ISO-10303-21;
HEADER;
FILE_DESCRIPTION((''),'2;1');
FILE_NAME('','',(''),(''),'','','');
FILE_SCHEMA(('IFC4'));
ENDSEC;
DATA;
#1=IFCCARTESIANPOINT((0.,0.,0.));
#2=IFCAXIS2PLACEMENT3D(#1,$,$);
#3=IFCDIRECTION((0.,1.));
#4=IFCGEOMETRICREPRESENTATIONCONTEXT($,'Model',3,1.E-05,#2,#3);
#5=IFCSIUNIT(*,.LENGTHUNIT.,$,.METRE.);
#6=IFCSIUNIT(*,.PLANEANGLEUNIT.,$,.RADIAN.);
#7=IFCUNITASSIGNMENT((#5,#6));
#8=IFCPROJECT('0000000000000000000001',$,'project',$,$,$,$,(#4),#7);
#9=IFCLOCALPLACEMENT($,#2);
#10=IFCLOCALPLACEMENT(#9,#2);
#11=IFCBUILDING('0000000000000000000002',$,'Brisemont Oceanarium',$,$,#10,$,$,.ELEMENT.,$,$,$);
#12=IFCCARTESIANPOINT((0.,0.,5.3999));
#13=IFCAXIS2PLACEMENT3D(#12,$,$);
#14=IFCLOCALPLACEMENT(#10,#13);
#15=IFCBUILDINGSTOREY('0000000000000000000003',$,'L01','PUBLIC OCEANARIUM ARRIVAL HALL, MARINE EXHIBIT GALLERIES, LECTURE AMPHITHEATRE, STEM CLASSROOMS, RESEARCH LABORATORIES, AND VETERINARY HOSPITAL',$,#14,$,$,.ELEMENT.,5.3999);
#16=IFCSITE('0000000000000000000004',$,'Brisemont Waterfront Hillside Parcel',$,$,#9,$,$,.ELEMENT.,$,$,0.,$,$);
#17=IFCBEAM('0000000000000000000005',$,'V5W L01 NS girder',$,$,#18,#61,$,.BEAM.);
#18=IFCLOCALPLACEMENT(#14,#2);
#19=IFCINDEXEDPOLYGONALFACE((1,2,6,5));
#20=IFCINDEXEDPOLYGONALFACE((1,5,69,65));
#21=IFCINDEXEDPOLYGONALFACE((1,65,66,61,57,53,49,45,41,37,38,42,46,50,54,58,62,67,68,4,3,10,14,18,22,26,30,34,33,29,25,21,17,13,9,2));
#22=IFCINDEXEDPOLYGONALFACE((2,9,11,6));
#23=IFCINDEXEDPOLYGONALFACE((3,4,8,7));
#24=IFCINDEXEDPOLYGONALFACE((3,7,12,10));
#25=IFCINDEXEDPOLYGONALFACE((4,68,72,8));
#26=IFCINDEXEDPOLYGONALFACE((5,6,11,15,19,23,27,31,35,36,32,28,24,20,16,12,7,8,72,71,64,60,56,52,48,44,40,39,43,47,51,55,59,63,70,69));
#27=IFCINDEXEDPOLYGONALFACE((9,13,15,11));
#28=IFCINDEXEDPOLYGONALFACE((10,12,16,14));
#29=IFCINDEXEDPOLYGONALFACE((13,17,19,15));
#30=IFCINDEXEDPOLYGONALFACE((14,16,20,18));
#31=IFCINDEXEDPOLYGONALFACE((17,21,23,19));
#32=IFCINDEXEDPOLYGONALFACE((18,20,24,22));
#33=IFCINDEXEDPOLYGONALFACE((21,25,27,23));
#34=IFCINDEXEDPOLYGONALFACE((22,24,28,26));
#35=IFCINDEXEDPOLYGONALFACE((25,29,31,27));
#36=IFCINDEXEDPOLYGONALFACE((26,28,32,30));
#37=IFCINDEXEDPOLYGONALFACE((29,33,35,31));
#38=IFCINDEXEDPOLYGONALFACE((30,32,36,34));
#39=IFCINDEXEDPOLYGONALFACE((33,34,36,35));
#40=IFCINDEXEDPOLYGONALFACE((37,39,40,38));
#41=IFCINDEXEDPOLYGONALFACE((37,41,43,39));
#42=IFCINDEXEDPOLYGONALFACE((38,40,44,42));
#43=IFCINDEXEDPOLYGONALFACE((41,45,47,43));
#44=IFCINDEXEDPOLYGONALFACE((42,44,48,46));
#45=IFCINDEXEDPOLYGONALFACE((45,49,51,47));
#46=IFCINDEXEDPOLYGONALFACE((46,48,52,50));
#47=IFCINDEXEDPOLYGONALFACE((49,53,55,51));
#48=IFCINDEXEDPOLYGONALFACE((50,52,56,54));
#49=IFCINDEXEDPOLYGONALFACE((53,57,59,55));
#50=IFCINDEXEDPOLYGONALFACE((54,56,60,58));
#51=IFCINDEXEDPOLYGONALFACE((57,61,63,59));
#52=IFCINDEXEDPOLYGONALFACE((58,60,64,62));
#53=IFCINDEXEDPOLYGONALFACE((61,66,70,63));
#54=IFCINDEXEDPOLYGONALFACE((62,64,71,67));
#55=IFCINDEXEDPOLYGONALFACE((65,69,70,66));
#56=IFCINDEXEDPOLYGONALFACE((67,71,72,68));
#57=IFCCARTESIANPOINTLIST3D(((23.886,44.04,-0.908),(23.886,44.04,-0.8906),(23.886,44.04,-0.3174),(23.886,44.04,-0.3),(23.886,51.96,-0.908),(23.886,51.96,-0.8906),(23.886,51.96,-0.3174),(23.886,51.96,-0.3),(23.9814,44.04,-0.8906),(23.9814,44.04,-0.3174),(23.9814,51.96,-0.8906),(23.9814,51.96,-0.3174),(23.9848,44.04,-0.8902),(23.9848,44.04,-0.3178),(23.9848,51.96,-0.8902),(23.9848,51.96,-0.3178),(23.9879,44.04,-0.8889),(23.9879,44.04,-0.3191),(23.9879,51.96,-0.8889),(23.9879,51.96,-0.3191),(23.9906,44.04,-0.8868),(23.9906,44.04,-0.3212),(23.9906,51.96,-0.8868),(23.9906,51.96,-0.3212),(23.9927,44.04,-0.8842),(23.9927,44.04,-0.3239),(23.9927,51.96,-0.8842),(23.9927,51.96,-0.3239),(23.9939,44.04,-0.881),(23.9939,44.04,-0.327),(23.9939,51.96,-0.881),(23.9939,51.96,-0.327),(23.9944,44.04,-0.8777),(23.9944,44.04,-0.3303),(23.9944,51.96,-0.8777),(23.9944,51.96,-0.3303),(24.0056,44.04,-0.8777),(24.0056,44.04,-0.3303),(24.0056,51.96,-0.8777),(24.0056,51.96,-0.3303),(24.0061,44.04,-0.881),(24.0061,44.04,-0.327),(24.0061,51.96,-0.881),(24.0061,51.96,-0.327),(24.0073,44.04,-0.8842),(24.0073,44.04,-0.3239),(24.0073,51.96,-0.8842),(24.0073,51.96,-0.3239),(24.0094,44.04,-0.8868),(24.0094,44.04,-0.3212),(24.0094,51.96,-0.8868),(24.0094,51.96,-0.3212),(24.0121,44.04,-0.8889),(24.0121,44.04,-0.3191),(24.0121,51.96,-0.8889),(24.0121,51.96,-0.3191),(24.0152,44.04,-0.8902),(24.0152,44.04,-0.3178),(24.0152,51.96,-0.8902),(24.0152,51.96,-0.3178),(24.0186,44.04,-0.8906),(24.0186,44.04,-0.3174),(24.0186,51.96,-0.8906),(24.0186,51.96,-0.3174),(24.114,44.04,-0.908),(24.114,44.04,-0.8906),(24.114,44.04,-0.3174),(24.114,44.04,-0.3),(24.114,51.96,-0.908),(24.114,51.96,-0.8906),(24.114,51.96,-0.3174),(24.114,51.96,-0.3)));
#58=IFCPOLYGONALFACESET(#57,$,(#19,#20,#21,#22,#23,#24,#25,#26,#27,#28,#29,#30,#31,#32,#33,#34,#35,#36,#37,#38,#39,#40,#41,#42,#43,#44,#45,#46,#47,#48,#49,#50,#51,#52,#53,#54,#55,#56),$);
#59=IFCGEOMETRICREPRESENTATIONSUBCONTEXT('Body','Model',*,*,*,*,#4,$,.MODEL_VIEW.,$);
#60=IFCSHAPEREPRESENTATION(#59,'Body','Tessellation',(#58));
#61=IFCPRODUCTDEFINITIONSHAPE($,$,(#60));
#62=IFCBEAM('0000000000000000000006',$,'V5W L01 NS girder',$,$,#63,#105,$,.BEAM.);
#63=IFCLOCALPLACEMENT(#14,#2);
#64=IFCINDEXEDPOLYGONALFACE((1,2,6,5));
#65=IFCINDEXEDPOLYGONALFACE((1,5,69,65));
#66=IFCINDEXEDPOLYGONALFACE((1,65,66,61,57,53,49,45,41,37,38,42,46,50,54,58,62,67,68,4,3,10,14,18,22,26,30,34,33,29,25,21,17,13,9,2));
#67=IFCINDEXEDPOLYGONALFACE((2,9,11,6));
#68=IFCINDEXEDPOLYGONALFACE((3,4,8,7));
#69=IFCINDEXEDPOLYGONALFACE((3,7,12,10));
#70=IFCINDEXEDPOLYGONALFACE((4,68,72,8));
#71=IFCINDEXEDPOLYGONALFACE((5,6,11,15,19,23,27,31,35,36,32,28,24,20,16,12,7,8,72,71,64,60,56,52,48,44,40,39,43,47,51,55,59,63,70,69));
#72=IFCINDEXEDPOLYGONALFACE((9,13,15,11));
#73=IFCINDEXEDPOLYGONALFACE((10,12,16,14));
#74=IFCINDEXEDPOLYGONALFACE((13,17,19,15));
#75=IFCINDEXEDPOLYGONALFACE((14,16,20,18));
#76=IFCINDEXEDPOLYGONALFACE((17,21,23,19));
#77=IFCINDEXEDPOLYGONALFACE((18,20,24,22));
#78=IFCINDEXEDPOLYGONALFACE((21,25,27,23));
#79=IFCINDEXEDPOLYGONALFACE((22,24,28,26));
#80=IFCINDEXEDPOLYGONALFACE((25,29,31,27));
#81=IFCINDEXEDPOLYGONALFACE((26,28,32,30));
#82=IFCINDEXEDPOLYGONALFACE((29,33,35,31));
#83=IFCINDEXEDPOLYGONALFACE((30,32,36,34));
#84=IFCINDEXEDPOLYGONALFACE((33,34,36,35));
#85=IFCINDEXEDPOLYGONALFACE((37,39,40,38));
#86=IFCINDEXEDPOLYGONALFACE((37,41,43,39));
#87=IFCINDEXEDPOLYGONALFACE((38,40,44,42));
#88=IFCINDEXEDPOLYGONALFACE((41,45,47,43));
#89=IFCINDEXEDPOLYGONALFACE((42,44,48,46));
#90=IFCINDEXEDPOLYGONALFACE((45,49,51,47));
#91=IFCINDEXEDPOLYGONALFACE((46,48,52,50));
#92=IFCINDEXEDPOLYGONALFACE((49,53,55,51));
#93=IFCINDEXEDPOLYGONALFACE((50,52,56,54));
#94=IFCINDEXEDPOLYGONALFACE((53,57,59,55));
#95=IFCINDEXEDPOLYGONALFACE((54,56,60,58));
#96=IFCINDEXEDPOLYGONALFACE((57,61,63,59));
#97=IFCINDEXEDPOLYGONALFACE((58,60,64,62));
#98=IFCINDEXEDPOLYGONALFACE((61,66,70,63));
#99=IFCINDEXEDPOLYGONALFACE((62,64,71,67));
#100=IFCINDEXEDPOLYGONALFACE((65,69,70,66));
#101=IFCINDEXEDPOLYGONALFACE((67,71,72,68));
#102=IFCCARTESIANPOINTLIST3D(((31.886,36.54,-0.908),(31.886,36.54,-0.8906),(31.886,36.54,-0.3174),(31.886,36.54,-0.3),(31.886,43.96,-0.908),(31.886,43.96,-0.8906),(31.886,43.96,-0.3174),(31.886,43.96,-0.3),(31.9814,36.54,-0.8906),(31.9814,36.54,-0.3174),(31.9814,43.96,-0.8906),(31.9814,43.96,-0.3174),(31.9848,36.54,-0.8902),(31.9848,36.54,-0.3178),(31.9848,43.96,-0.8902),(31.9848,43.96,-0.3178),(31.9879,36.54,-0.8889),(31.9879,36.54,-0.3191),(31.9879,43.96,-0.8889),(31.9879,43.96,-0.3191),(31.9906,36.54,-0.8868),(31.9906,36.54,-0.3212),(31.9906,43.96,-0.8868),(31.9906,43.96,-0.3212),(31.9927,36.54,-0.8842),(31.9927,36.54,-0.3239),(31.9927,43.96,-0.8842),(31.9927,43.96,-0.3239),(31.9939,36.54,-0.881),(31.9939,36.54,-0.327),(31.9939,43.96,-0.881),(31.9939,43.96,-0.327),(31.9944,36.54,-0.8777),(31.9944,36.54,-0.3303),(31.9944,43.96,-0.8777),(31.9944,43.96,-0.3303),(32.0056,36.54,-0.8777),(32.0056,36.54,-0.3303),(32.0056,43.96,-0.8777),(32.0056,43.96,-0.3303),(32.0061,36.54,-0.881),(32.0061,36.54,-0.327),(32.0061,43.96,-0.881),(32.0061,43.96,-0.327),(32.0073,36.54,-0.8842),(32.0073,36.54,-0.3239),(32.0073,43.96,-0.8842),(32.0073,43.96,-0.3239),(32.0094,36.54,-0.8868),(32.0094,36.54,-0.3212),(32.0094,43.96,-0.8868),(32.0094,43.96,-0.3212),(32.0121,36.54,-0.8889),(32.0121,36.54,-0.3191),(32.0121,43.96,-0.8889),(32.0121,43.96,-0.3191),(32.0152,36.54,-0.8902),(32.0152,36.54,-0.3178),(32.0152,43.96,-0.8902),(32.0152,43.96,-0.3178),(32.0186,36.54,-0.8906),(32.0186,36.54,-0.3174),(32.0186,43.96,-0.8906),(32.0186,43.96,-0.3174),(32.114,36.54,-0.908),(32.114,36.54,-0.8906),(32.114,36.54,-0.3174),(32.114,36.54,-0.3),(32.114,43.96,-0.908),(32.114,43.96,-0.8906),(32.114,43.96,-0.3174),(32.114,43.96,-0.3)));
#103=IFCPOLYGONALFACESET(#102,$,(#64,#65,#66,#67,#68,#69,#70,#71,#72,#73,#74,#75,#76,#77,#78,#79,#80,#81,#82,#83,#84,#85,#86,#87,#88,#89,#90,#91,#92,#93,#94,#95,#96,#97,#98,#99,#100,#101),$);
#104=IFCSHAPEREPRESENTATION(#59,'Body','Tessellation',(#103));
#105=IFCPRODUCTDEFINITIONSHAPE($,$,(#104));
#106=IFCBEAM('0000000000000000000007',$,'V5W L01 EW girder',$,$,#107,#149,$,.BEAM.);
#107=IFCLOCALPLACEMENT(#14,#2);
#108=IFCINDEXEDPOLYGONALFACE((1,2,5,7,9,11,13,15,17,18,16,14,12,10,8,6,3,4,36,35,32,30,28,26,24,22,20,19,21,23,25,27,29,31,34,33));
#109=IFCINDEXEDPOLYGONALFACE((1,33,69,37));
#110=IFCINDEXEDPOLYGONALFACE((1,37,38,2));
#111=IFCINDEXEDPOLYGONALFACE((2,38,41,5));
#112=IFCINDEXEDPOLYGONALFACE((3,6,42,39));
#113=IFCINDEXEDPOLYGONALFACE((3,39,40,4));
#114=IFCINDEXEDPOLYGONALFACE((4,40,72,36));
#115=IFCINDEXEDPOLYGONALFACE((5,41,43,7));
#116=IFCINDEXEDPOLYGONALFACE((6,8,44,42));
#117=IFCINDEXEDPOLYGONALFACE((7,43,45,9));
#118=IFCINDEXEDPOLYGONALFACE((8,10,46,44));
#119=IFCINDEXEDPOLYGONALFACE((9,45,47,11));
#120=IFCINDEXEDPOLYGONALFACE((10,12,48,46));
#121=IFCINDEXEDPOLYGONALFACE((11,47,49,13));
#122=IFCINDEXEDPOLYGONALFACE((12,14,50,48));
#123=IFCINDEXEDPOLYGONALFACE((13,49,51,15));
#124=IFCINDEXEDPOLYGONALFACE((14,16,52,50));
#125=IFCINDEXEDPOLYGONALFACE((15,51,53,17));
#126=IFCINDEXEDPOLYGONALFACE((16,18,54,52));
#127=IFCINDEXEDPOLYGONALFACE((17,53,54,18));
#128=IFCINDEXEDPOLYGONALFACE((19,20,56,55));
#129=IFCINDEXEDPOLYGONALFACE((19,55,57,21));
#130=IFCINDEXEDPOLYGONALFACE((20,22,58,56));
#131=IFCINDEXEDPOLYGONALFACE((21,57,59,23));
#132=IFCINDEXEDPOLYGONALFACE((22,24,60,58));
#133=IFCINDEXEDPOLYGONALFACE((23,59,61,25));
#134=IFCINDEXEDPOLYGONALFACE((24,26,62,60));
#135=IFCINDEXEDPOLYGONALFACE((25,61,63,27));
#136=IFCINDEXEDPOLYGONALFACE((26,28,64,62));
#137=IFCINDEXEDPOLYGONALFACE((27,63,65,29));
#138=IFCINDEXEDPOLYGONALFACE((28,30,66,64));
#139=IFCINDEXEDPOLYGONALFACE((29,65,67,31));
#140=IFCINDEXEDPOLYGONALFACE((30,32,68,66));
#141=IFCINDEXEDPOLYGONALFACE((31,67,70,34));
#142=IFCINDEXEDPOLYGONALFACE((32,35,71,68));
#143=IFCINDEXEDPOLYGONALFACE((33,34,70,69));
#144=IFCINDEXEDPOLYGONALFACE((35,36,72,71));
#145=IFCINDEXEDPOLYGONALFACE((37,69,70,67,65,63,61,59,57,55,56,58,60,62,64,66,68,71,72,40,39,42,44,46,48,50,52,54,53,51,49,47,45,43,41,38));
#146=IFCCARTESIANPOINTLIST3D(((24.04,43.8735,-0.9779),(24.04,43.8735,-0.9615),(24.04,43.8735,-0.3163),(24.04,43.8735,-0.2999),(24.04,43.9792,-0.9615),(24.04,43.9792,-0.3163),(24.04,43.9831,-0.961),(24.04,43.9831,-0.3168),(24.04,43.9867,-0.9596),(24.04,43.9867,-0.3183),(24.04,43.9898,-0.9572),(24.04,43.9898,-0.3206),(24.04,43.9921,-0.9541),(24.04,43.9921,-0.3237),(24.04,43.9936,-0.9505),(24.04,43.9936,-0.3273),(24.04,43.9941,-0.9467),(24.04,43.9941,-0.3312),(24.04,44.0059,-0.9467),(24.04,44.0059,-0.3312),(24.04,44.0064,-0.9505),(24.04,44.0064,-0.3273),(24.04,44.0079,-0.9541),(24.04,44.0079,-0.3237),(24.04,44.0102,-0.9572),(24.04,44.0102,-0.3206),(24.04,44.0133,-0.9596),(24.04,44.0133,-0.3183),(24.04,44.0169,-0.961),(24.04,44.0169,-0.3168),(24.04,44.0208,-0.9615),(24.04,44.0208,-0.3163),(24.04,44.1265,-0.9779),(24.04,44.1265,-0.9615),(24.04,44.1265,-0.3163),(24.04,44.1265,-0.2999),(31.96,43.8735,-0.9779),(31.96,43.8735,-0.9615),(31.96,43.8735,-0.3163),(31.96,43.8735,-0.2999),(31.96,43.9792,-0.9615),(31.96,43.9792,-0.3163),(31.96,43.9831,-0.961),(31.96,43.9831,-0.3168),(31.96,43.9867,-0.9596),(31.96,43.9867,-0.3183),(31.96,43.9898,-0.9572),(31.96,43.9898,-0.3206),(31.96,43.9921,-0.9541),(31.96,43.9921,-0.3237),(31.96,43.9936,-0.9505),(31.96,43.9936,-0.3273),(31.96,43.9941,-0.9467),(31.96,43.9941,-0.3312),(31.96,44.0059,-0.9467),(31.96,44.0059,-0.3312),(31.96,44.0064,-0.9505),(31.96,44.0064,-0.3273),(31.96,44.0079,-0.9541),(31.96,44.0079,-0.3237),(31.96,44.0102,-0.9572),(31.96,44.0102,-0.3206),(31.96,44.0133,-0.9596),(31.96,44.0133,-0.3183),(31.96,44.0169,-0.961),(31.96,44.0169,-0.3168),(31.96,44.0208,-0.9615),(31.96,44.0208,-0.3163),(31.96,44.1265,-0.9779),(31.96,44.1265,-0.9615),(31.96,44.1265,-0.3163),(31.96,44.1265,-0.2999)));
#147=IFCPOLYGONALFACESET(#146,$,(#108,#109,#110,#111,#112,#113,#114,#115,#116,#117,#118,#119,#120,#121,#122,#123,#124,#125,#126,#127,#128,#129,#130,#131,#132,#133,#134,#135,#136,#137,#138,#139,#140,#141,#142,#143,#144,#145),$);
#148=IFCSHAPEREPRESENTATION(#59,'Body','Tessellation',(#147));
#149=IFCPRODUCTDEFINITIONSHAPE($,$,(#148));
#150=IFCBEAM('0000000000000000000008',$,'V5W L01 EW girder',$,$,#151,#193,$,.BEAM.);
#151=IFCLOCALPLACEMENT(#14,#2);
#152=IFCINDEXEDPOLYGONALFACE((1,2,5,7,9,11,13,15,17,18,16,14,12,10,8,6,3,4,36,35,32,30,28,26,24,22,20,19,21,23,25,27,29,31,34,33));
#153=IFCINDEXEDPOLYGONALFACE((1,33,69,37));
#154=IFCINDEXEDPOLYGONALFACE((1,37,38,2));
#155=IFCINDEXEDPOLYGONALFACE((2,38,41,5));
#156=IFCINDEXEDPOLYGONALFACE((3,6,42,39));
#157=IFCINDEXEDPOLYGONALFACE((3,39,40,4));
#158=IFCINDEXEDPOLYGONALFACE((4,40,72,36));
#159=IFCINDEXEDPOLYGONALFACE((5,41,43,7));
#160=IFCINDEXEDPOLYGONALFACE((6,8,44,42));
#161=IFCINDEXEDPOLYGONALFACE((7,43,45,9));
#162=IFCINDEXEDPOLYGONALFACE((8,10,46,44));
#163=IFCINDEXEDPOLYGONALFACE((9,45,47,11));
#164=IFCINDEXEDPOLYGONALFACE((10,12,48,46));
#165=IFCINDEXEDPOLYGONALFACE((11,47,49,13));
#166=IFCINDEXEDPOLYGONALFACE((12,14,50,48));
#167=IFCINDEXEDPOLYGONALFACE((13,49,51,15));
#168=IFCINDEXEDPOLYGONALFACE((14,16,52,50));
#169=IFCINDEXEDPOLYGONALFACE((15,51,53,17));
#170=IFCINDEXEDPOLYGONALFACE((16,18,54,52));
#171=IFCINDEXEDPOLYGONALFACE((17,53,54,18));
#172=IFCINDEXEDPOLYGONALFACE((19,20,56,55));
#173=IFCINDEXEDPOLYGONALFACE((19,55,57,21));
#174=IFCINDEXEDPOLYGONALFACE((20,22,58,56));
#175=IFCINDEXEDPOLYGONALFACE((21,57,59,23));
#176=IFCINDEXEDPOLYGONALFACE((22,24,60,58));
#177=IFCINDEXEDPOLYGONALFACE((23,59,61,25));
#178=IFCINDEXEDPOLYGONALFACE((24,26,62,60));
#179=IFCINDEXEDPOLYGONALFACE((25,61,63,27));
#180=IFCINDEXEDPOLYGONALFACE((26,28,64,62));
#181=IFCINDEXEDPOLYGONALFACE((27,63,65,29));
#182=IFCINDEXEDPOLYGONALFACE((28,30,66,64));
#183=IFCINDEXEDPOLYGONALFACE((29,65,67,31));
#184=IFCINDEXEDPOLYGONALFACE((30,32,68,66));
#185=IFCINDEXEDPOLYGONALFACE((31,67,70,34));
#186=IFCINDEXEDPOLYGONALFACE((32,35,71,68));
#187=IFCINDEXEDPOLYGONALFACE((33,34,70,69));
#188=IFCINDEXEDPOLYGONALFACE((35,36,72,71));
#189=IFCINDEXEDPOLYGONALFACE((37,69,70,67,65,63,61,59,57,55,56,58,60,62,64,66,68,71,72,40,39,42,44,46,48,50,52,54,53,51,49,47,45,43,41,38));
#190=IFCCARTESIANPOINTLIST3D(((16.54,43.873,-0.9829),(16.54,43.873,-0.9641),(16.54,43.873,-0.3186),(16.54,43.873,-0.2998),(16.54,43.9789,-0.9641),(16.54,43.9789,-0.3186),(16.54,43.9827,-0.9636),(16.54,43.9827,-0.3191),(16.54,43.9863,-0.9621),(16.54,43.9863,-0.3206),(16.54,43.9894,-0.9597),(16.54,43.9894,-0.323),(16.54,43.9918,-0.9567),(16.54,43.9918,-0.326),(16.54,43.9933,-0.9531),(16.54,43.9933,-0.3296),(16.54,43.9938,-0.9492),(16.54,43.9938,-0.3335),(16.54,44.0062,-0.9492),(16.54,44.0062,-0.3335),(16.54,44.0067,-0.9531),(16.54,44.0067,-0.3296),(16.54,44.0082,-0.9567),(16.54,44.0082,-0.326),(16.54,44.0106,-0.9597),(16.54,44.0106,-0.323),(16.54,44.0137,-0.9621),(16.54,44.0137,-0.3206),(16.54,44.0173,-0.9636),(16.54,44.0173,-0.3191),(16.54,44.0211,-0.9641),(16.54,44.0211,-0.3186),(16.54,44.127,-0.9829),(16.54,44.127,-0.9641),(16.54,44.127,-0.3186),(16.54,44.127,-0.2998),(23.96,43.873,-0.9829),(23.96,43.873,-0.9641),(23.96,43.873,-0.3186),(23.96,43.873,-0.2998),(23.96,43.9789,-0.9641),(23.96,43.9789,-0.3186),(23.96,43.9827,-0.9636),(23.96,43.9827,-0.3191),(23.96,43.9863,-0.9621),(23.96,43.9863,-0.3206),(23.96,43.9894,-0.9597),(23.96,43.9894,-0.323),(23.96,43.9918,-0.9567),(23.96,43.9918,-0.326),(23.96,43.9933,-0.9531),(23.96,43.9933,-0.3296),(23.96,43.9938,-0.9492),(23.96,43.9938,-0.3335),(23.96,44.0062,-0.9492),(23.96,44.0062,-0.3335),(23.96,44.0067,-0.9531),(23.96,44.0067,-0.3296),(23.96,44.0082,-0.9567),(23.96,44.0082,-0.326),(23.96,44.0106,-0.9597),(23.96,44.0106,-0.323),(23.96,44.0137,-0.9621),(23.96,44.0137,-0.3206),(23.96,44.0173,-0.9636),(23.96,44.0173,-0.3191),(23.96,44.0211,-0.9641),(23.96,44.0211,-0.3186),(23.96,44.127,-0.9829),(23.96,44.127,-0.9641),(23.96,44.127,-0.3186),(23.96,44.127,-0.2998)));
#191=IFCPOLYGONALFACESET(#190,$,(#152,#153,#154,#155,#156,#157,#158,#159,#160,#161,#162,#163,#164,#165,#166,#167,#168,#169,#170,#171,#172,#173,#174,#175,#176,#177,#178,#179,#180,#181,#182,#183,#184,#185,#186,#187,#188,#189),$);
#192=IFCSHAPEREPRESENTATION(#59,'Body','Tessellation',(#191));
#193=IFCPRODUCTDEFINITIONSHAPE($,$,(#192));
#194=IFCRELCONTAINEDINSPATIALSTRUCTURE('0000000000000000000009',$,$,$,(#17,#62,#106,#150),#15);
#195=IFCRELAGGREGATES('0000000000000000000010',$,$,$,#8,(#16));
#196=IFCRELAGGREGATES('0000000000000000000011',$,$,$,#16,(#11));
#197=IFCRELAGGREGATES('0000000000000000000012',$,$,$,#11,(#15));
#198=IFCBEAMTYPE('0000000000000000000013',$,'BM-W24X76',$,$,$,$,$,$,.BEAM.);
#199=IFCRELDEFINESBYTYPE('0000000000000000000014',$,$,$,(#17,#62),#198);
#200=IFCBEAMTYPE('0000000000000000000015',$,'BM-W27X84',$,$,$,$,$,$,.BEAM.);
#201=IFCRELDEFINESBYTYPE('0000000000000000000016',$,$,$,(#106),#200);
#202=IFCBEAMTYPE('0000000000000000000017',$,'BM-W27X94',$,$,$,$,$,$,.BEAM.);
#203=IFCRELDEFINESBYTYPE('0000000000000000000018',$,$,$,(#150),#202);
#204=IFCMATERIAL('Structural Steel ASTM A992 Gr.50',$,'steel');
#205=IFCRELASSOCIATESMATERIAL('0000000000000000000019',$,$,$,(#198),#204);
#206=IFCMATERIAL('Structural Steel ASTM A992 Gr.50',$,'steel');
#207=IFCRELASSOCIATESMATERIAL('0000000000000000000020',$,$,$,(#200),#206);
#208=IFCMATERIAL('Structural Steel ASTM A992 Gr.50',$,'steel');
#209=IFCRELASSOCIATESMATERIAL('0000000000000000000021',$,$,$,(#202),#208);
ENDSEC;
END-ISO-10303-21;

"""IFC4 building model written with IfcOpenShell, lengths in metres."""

from ifc_helpers import new_model, si_unit, direction, frame, origin, origin_2d, place, context, subcontext, project, spatial, i_section, extrude, material, material_profile, profile_set, type_object, element, save


model = new_model("IFC4")

# Units and contexts
model_context = context("Model", 3, precision=1e-05, world=origin(), true_north=direction((0.0, 1.0)))
body_context = subcontext(model_context, "Body", "Model", "MODEL_VIEW")
ifc_project = project(units=[si_unit("LENGTHUNIT", "METRE"), si_unit("PLANEANGLEUNIT", "RADIAN")], contexts=[model_context])

# Site, building, storey
site_placement = place(None, origin())
site = spatial("IfcSite", under=ifc_project, at=site_placement, Name="Brisemont Waterfront Hillside Parcel", CompositionType="ELEMENT", RefElevation=0.0)
building_placement = place(site_placement, origin())
building = spatial("IfcBuilding", under=site, at=building_placement, Name="Brisemont Oceanarium", CompositionType="ELEMENT")
storey_placement = place(building_placement, frame((0.0, 0.0, 5.3999)))
storey = spatial("IfcBuildingStorey", under=building, at=storey_placement, Name="L01", Description="PUBLIC OCEANARIUM ARRIVAL HALL, MARINE EXHIBIT GALLERIES, LECTURE AMPHITHEATRE, STEM CLASSROOMS, RESEARCH LABORATORIES, AND VETERINARY HOSPITAL", CompositionType="ELEMENT", Elevation=5.3999)

# Beams
ifc_material_1 = material(Name="Structural Steel ASTM A992 Gr.50", Category="steel")
ifc_material_profile_1 = material_profile(ifc_material_1, i_section(OverallWidth=0.228, OverallDepth=0.6079, WebThickness=0.0112, FlangeThickness=0.0173, FilletRadius=0.0129, at=origin_2d()), Name="W24X76")
ifc_profile_set_1 = profile_set([ifc_material_profile_1], Name="Structural Steel ASTM A992 Gr.50")
beam_type_1 = type_object("IfcBeamType", Name="BM-W24X76", PredefinedType="BEAM", material=ifc_profile_set_1)
beam_1_placement = place(storey_placement, frame((24.0, 44.04, -0.604), z_axis=(0.0, 1.0, 0.0), x_axis=(-1.0, 0.0, 0.0)))
element("IfcBeam", 1, at=beam_1_placement, inside=storey, type_object=beam_type_1, Name="V5W L01 NS girder", PredefinedType="BEAM", context=body_context, shape_type="SweptSolid", body=[
    extrude(i_section(OverallWidth=0.228, OverallDepth=0.6079, WebThickness=0.0112, FlangeThickness=0.0173, FilletRadius=0.0129, at=origin_2d()), origin(), (0.0, 0.0, 1.0), 7.9199),
])
beam_2_placement = place(storey_placement, frame((32.0, 36.54, -0.604), z_axis=(0.0, 1.0, 0.0), x_axis=(-1.0, 0.0, 0.0)))
element("IfcBeam", 2, at=beam_2_placement, inside=storey, type_object=beam_type_1, Name="V5W L01 NS girder", PredefinedType="BEAM", context=body_context, shape_type="SweptSolid", body=[
    extrude(i_section(OverallWidth=0.228, OverallDepth=0.6079, WebThickness=0.0112, FlangeThickness=0.0173, FilletRadius=0.0129, at=origin_2d()), origin(), (0.0, 0.0, 1.0), 7.4199),
])
ifc_material_2 = material(Name="Structural Steel ASTM A992 Gr.50", Category="steel")
ifc_material_profile_2 = material_profile(ifc_material_2, i_section(OverallWidth=0.2529, OverallDepth=0.678, WebThickness=0.0117, FlangeThickness=0.0164, FilletRadius=0.0149, at=origin_2d()), Name="W27X84")
ifc_profile_set_2 = profile_set([ifc_material_profile_2], Name="Structural Steel ASTM A992 Gr.50")
beam_type_2 = type_object("IfcBeamType", Name="BM-W27X84", PredefinedType="BEAM", material=ifc_profile_set_2)
beam_3_placement = place(storey_placement, frame((24.04, 44.0, -0.6389), z_axis=(1.0, 0.0, 0.0), x_axis=(0.0, 1.0, 0.0)))
element("IfcBeam", 3, at=beam_3_placement, inside=storey, type_object=beam_type_2, Name="V5W L01 EW girder", PredefinedType="BEAM", context=body_context, shape_type="SweptSolid", body=[
    extrude(i_section(OverallWidth=0.2529, OverallDepth=0.678, WebThickness=0.0117, FlangeThickness=0.0164, FilletRadius=0.0149, at=origin_2d()), origin(), (0.0, 0.0, 1.0), 7.9199),
])
ifc_material_3 = material(Name="Structural Steel ASTM A992 Gr.50", Category="steel")
ifc_material_profile_3 = material_profile(ifc_material_3, i_section(OverallWidth=0.2539, OverallDepth=0.6831, WebThickness=0.0125, FlangeThickness=0.0188, FilletRadius=0.0149, at=origin_2d()), Name="W27X94")
ifc_profile_set_3 = profile_set([ifc_material_profile_3], Name="Structural Steel ASTM A992 Gr.50")
beam_type_3 = type_object("IfcBeamType", Name="BM-W27X94", PredefinedType="BEAM", material=ifc_profile_set_3)
beam_4_placement = place(storey_placement, frame((16.54, 44.0, -0.6414), z_axis=(1.0, 0.0, 0.0), x_axis=(0.0, 1.0, 0.0)))
element("IfcBeam", 4, at=beam_4_placement, inside=storey, type_object=beam_type_3, Name="V5W L01 EW girder", PredefinedType="BEAM", context=body_context, shape_type="SweptSolid", body=[
    extrude(i_section(OverallWidth=0.2539, OverallDepth=0.6831, WebThickness=0.0125, FlangeThickness=0.0188, FilletRadius=0.0149, at=origin_2d()), origin(), (0.0, 0.0, 1.0), 7.4199),
])

save(model, "model.ifc")
